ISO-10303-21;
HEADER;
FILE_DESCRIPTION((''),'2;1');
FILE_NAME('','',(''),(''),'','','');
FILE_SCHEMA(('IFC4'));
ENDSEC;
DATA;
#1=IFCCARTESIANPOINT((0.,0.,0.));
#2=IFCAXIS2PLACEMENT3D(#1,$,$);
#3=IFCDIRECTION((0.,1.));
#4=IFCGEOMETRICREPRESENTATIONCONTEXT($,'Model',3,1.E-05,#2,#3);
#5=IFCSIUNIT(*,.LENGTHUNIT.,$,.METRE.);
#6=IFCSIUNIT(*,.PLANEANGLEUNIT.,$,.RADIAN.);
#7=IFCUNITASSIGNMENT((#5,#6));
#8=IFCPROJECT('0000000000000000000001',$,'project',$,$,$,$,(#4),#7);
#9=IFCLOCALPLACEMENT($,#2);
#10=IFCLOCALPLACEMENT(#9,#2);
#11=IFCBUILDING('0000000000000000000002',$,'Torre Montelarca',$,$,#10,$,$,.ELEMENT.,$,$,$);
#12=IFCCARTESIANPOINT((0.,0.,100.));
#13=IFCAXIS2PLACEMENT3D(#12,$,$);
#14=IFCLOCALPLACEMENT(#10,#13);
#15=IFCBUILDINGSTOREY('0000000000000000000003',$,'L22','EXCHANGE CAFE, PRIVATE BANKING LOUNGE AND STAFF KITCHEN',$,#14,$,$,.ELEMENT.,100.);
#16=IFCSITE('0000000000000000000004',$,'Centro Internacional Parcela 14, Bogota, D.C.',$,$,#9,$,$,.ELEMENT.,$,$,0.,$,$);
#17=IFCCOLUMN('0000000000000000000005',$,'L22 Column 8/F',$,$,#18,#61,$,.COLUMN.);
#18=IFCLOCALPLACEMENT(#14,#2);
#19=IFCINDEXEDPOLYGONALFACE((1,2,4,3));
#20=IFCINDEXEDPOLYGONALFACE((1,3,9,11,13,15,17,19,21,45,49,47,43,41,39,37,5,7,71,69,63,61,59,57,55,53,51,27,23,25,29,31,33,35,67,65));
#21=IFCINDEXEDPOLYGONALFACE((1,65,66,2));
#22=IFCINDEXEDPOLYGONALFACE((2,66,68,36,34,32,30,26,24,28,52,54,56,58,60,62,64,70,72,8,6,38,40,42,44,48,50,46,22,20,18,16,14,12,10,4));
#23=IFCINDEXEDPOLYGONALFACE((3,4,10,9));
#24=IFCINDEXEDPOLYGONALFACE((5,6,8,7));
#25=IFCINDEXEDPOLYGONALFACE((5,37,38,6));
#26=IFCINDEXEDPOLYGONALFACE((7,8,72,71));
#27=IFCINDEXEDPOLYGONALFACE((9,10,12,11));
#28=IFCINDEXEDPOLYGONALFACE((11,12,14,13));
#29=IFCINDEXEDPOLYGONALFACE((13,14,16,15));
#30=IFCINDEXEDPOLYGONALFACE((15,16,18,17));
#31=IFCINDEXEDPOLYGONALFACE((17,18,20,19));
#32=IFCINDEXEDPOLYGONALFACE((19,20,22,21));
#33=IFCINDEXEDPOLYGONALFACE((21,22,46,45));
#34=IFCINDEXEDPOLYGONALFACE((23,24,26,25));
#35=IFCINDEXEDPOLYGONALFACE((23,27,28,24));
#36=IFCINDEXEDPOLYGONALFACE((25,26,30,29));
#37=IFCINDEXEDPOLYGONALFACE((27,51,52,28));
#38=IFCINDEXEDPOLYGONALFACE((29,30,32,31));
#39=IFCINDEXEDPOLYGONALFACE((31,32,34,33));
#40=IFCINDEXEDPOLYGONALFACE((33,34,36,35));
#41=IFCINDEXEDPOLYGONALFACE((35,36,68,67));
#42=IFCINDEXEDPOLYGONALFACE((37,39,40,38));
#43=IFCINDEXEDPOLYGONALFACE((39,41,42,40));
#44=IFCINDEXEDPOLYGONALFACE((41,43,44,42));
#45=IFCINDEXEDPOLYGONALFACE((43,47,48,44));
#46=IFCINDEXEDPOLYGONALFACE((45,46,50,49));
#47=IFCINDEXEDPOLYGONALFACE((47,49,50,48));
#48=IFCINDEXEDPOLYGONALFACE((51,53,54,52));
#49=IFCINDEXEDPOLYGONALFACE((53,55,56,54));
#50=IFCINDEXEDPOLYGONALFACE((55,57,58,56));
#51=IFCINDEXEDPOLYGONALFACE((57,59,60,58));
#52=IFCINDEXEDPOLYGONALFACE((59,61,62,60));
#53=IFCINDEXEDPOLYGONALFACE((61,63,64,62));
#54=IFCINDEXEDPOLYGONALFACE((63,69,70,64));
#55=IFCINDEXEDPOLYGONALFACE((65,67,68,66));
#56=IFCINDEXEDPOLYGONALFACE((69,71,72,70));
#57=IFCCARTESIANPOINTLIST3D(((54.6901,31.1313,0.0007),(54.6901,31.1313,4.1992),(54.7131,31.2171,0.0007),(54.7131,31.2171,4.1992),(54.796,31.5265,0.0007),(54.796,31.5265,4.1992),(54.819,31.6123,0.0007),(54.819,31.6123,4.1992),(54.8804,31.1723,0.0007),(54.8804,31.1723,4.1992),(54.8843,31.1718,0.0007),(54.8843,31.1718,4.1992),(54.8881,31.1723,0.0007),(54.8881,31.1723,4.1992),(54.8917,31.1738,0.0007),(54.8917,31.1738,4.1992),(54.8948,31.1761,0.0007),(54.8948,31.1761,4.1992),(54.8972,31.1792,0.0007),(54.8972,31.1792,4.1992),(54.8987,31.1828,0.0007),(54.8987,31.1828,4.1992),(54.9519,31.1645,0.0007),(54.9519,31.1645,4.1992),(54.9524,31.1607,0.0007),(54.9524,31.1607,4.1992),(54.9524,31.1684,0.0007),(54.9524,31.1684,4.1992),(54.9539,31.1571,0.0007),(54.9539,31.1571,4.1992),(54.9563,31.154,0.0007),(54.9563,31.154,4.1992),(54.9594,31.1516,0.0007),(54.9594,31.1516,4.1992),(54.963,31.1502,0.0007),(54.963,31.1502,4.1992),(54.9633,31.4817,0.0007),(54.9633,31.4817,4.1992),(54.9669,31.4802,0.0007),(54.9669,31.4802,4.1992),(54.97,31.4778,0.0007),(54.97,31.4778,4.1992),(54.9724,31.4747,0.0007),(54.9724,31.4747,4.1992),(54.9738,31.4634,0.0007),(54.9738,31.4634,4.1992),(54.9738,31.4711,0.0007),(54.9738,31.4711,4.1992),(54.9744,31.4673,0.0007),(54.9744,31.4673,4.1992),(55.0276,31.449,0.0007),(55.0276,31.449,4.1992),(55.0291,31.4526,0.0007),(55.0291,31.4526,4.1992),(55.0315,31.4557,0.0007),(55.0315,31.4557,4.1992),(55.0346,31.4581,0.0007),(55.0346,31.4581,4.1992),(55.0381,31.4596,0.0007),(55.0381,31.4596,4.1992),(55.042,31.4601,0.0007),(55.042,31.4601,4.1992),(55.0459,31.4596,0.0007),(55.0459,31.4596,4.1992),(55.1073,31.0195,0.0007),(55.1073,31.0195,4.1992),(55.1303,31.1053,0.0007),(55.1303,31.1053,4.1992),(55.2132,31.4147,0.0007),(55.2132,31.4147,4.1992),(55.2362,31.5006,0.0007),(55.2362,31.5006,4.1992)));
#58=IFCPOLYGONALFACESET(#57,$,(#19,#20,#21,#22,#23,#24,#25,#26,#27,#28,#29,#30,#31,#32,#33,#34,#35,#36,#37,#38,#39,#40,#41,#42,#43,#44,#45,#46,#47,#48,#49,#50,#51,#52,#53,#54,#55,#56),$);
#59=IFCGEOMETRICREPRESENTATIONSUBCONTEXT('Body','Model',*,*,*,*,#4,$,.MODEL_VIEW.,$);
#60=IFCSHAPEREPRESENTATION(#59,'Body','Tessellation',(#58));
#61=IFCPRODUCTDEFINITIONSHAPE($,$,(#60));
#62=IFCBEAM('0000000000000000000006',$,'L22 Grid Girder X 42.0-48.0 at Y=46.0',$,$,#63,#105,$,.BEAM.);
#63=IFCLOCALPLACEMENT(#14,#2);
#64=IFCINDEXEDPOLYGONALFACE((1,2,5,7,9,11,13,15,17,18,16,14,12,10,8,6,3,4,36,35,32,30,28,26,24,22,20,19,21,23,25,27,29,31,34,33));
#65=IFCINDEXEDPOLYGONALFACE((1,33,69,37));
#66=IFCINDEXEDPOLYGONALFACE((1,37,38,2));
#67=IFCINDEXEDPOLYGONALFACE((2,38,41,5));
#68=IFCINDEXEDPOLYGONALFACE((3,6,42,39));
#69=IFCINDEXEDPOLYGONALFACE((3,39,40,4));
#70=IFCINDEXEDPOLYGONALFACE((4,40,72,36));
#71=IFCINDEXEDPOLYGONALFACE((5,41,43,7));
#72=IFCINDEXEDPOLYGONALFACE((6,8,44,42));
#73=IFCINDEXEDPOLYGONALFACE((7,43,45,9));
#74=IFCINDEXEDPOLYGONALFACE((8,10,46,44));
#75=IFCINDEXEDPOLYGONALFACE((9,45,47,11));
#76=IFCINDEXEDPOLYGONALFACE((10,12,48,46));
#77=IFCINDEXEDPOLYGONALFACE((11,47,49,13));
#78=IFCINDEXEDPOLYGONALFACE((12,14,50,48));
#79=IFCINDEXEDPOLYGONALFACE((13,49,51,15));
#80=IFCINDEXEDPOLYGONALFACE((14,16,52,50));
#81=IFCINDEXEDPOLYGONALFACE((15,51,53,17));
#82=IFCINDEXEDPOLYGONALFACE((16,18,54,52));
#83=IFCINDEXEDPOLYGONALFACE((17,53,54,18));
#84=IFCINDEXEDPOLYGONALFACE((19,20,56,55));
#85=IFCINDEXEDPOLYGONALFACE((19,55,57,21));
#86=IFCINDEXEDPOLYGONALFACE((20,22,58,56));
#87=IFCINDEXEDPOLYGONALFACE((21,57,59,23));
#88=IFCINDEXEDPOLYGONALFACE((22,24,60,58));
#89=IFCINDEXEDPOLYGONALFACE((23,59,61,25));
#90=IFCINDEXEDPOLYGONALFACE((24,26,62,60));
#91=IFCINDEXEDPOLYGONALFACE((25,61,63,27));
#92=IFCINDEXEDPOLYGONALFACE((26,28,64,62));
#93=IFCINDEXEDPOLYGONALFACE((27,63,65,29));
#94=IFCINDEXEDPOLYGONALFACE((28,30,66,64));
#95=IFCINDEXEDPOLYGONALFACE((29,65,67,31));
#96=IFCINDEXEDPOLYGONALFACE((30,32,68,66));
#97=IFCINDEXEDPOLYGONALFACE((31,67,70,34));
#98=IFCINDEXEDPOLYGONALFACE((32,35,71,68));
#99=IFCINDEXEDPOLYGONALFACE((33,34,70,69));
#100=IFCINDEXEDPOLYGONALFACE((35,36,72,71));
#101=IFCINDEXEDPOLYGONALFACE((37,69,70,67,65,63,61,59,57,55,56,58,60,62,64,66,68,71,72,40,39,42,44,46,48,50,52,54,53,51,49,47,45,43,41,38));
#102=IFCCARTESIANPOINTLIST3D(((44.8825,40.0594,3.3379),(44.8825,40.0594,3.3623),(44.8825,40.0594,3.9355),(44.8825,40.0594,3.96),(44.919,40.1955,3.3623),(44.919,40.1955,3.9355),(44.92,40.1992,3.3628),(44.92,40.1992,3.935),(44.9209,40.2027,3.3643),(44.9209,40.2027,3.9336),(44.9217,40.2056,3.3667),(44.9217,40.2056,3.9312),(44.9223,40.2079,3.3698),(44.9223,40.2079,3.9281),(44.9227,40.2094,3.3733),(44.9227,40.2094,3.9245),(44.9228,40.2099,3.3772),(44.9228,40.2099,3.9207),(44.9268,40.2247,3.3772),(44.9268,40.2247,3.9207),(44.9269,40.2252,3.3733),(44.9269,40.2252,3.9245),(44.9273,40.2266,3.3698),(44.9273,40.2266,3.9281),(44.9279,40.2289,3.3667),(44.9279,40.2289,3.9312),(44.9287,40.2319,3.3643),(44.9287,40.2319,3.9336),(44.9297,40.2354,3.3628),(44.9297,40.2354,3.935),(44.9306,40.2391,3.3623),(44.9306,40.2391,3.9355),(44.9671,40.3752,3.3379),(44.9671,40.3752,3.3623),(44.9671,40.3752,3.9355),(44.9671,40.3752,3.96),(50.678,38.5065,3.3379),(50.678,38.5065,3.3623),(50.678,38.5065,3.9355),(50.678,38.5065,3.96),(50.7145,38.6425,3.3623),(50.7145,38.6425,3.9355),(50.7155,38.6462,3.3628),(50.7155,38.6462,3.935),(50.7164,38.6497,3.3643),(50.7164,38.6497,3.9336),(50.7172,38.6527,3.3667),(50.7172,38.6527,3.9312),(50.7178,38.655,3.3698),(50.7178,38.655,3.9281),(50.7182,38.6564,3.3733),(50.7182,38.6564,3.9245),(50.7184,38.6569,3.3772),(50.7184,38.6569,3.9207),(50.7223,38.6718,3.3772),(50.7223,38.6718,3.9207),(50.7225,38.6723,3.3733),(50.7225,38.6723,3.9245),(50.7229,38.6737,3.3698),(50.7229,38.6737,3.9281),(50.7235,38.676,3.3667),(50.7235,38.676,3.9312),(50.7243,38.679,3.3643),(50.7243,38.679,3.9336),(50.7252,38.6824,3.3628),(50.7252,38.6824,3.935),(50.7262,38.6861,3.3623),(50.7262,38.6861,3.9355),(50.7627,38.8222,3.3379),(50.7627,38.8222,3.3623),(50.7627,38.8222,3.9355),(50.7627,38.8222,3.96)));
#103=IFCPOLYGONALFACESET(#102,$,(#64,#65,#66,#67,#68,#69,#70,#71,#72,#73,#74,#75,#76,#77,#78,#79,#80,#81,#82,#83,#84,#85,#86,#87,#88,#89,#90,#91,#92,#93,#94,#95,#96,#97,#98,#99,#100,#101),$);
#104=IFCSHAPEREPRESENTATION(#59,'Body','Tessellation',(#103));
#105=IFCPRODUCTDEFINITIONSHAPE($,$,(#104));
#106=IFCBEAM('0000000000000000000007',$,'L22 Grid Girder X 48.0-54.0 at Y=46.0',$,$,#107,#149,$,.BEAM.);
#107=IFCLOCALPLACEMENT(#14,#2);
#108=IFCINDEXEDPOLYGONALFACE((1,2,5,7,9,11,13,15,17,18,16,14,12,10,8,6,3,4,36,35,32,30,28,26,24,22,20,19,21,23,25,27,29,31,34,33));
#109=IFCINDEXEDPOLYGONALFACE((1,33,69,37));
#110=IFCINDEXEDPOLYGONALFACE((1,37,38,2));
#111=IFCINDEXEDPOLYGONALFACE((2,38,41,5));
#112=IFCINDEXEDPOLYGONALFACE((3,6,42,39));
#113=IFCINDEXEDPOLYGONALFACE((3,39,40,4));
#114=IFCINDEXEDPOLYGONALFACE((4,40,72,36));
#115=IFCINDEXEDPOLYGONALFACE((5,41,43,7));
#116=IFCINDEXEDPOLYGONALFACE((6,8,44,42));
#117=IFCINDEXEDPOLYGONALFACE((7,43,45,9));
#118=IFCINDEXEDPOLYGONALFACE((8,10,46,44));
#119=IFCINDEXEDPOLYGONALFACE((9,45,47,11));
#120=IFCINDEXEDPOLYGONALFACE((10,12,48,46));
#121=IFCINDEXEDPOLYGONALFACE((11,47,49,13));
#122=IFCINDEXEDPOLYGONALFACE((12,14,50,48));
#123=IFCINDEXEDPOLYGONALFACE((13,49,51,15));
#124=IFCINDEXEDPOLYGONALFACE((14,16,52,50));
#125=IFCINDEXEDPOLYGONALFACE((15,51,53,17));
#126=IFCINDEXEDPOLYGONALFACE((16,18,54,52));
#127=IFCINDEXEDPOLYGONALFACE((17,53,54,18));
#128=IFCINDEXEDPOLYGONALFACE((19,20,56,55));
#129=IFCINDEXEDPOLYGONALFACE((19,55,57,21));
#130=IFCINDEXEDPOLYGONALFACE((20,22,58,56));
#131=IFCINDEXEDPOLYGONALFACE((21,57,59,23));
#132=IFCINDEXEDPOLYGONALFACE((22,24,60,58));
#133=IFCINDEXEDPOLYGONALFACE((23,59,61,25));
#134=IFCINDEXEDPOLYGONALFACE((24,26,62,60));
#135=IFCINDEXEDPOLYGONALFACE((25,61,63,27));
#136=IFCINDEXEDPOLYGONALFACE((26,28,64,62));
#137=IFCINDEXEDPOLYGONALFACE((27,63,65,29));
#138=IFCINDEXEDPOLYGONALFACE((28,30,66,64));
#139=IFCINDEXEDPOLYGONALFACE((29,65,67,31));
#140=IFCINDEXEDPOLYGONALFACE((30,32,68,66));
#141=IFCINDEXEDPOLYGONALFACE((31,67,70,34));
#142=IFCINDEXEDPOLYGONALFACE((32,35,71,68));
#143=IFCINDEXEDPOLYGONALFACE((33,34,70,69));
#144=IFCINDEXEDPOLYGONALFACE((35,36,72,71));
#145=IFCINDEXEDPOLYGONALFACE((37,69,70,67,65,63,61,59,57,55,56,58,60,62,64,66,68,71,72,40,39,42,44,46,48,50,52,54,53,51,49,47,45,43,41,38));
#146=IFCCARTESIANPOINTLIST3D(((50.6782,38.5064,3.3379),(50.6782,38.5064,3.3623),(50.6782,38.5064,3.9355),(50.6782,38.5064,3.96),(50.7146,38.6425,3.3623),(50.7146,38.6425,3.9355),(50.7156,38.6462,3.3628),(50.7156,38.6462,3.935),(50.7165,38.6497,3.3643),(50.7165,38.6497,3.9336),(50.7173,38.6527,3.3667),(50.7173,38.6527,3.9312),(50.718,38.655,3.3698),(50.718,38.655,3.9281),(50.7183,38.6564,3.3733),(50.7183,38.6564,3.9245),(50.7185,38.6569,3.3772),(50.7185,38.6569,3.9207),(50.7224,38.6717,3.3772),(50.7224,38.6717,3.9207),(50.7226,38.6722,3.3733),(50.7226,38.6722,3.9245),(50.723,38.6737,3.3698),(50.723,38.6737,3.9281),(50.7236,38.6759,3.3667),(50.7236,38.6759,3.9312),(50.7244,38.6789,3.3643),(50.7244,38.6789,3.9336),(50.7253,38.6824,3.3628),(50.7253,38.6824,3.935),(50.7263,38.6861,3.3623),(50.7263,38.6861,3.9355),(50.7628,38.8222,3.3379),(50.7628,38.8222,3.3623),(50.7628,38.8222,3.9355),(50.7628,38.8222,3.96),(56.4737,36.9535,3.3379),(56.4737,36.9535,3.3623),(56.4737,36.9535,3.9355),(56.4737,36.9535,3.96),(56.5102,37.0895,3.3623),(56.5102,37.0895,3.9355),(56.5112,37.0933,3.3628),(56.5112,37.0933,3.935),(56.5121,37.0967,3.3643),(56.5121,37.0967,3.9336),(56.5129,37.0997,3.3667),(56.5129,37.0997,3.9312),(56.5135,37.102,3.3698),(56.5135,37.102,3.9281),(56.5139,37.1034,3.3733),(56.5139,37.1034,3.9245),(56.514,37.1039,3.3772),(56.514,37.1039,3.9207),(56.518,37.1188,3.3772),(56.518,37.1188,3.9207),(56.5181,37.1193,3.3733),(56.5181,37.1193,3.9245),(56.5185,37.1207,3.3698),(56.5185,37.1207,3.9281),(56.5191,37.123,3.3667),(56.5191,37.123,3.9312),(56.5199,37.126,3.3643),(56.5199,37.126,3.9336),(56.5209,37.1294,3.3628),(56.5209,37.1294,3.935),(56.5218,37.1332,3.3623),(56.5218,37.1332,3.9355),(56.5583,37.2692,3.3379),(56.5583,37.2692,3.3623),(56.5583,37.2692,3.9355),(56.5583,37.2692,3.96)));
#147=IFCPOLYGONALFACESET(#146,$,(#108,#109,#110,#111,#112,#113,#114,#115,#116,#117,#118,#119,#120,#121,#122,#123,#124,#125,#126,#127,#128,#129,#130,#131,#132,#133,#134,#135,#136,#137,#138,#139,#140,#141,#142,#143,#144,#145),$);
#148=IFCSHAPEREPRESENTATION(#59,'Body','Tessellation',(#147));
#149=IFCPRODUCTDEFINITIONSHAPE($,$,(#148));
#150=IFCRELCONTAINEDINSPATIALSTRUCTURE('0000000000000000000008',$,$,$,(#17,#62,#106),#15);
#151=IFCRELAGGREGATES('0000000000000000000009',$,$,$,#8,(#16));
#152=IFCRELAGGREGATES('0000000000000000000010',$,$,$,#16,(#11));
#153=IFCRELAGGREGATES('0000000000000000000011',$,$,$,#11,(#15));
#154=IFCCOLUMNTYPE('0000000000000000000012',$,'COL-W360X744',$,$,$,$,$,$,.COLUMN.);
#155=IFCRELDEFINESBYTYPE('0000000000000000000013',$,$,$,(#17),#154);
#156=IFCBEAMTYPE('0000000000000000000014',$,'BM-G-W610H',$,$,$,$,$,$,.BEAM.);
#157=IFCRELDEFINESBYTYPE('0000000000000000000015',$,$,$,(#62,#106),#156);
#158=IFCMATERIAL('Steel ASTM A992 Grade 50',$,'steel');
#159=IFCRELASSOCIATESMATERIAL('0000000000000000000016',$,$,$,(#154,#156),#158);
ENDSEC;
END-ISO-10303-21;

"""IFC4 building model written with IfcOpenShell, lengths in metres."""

from ifc_helpers import new_model, si_unit, direction, frame, origin, origin_2d, place, context, subcontext, project, spatial, i_section, extrude, source, transform, mapped, material, material_profile, profile_set, type_object, element, save


model = new_model("IFC4")

# Units and contexts
model_context = context("Model", 3, precision=1e-05, world=origin(), true_north=direction((0.0, 1.0)))
body_context = subcontext(model_context, "Body", "Model", "MODEL_VIEW")
ifc_project = project(units=[si_unit("LENGTHUNIT", "METRE"), si_unit("PLANEANGLEUNIT", "RADIAN")], contexts=[model_context])

# Site, building, storey
site_placement = place(None, origin())
site = spatial("IfcSite", under=ifc_project, at=site_placement, Name="Centro Internacional Parcela 14, Bogota, D.C.", CompositionType="ELEMENT", RefElevation=0.0)
building_placement = place(site_placement, origin())
building = spatial("IfcBuilding", under=site, at=building_placement, Name="Torre Montelarca", CompositionType="ELEMENT")
storey_placement = place(building_placement, frame((0.0, 0.0, 100.0)))
storey = spatial("IfcBuildingStorey", under=building, at=storey_placement, Name="L22", Description="EXCHANGE CAFE, PRIVATE BANKING LOUNGE AND STAFF KITCHEN", CompositionType="ELEMENT", Elevation=100.0)

# Column
ifc_material_1 = material(Name="Steel ASTM A992 Grade 50", Category="steel")
ifc_material_profile_1 = material_profile(ifc_material_1, i_section(OverallWidth=0.4319, OverallDepth=0.498, WebThickness=0.0557, FlangeThickness=0.0889, FilletRadius=0.0149, at=origin_2d()), Name="W360X744", Category="steel")
ifc_profile_set_1 = profile_set([ifc_material_profile_1], Name="Steel ASTM A992 Grade 50")
column_type_1 = type_object("IfcColumnType", Name="COL-W360X744", PredefinedType="COLUMN", material=ifc_profile_set_1)
shared_shape_1 = source(origin(), body_context, "Body", "SweptSolid", [
    extrude(i_section(OverallWidth=0.4319, OverallDepth=0.498, WebThickness=0.0557, FlangeThickness=0.0889, FilletRadius=0.0149, at=origin_2d()), origin(), (0.0, 0.0, 1.0), 4.1985),
])
for number, where, z_axis, x_axis, name in (
    (1, (54.9631, 31.3159, 0.0007), (0.0, 0.0, 1.0), (-0.965926, 0.258819, 0.0), "L22 Column 8/F"),
):
    element("IfcColumn", number, at=place(storey_placement, frame(where, z_axis=z_axis, x_axis=x_axis)), inside=storey, type_object=column_type_1, Name=name, PredefinedType="COLUMN", context=body_context, shape_type="MappedRepresentation", body=[
        mapped(shared_shape_1, transform((0.0, 0.0, 0.0), scale=1.0)),
    ])

# Beams
ifc_material_profile_2 = material_profile(ifc_material_1, i_section(OverallWidth=0.3269, OverallDepth=0.6221, WebThickness=0.0154, FlangeThickness=0.0244, FilletRadius=0.0149, at=origin_2d()), Name="W610X195", Category="steel")
ifc_profile_set_2 = profile_set([ifc_material_profile_2], Name="Steel ASTM A992 Grade 50")
beam_type = type_object("IfcBeamType", Name="BM-G-W610H", PredefinedType="BEAM", material=ifc_profile_set_2)
shared_shape_2 = source(origin(), body_context, "Body", "SweptSolid", [
    extrude(i_section(OverallWidth=0.3269, OverallDepth=0.6221, WebThickness=0.0154, FlangeThickness=0.0244, FilletRadius=0.0149, at=origin_2d()), origin(), (0.0, 0.0, 1.0), 6.0),
])
for number, where, z_axis, x_axis, name in (
    (2, (44.9248, 40.2173, 3.6489), (0.965924, -0.258825, 0.0), (0.258825, 0.965924, 0.0), "L22 Grid Girder X 42.0-48.0 at Y=46.0"),
    (3, (50.7205, 38.6643, 3.6489), (0.965924, -0.258825, 0.0), (0.258825, 0.965924, 0.0), "L22 Grid Girder X 48.0-54.0 at Y=46.0"),
):
    element("IfcBeam", number, at=place(storey_placement, frame(where, z_axis=z_axis, x_axis=x_axis)), inside=storey, type_object=beam_type, Name=name, PredefinedType="BEAM", context=body_context, shape_type="MappedRepresentation", body=[
        mapped(shared_shape_2, transform((0.0, 0.0, 0.0), scale=1.0)),
    ])

save(model, "model.ifc")
